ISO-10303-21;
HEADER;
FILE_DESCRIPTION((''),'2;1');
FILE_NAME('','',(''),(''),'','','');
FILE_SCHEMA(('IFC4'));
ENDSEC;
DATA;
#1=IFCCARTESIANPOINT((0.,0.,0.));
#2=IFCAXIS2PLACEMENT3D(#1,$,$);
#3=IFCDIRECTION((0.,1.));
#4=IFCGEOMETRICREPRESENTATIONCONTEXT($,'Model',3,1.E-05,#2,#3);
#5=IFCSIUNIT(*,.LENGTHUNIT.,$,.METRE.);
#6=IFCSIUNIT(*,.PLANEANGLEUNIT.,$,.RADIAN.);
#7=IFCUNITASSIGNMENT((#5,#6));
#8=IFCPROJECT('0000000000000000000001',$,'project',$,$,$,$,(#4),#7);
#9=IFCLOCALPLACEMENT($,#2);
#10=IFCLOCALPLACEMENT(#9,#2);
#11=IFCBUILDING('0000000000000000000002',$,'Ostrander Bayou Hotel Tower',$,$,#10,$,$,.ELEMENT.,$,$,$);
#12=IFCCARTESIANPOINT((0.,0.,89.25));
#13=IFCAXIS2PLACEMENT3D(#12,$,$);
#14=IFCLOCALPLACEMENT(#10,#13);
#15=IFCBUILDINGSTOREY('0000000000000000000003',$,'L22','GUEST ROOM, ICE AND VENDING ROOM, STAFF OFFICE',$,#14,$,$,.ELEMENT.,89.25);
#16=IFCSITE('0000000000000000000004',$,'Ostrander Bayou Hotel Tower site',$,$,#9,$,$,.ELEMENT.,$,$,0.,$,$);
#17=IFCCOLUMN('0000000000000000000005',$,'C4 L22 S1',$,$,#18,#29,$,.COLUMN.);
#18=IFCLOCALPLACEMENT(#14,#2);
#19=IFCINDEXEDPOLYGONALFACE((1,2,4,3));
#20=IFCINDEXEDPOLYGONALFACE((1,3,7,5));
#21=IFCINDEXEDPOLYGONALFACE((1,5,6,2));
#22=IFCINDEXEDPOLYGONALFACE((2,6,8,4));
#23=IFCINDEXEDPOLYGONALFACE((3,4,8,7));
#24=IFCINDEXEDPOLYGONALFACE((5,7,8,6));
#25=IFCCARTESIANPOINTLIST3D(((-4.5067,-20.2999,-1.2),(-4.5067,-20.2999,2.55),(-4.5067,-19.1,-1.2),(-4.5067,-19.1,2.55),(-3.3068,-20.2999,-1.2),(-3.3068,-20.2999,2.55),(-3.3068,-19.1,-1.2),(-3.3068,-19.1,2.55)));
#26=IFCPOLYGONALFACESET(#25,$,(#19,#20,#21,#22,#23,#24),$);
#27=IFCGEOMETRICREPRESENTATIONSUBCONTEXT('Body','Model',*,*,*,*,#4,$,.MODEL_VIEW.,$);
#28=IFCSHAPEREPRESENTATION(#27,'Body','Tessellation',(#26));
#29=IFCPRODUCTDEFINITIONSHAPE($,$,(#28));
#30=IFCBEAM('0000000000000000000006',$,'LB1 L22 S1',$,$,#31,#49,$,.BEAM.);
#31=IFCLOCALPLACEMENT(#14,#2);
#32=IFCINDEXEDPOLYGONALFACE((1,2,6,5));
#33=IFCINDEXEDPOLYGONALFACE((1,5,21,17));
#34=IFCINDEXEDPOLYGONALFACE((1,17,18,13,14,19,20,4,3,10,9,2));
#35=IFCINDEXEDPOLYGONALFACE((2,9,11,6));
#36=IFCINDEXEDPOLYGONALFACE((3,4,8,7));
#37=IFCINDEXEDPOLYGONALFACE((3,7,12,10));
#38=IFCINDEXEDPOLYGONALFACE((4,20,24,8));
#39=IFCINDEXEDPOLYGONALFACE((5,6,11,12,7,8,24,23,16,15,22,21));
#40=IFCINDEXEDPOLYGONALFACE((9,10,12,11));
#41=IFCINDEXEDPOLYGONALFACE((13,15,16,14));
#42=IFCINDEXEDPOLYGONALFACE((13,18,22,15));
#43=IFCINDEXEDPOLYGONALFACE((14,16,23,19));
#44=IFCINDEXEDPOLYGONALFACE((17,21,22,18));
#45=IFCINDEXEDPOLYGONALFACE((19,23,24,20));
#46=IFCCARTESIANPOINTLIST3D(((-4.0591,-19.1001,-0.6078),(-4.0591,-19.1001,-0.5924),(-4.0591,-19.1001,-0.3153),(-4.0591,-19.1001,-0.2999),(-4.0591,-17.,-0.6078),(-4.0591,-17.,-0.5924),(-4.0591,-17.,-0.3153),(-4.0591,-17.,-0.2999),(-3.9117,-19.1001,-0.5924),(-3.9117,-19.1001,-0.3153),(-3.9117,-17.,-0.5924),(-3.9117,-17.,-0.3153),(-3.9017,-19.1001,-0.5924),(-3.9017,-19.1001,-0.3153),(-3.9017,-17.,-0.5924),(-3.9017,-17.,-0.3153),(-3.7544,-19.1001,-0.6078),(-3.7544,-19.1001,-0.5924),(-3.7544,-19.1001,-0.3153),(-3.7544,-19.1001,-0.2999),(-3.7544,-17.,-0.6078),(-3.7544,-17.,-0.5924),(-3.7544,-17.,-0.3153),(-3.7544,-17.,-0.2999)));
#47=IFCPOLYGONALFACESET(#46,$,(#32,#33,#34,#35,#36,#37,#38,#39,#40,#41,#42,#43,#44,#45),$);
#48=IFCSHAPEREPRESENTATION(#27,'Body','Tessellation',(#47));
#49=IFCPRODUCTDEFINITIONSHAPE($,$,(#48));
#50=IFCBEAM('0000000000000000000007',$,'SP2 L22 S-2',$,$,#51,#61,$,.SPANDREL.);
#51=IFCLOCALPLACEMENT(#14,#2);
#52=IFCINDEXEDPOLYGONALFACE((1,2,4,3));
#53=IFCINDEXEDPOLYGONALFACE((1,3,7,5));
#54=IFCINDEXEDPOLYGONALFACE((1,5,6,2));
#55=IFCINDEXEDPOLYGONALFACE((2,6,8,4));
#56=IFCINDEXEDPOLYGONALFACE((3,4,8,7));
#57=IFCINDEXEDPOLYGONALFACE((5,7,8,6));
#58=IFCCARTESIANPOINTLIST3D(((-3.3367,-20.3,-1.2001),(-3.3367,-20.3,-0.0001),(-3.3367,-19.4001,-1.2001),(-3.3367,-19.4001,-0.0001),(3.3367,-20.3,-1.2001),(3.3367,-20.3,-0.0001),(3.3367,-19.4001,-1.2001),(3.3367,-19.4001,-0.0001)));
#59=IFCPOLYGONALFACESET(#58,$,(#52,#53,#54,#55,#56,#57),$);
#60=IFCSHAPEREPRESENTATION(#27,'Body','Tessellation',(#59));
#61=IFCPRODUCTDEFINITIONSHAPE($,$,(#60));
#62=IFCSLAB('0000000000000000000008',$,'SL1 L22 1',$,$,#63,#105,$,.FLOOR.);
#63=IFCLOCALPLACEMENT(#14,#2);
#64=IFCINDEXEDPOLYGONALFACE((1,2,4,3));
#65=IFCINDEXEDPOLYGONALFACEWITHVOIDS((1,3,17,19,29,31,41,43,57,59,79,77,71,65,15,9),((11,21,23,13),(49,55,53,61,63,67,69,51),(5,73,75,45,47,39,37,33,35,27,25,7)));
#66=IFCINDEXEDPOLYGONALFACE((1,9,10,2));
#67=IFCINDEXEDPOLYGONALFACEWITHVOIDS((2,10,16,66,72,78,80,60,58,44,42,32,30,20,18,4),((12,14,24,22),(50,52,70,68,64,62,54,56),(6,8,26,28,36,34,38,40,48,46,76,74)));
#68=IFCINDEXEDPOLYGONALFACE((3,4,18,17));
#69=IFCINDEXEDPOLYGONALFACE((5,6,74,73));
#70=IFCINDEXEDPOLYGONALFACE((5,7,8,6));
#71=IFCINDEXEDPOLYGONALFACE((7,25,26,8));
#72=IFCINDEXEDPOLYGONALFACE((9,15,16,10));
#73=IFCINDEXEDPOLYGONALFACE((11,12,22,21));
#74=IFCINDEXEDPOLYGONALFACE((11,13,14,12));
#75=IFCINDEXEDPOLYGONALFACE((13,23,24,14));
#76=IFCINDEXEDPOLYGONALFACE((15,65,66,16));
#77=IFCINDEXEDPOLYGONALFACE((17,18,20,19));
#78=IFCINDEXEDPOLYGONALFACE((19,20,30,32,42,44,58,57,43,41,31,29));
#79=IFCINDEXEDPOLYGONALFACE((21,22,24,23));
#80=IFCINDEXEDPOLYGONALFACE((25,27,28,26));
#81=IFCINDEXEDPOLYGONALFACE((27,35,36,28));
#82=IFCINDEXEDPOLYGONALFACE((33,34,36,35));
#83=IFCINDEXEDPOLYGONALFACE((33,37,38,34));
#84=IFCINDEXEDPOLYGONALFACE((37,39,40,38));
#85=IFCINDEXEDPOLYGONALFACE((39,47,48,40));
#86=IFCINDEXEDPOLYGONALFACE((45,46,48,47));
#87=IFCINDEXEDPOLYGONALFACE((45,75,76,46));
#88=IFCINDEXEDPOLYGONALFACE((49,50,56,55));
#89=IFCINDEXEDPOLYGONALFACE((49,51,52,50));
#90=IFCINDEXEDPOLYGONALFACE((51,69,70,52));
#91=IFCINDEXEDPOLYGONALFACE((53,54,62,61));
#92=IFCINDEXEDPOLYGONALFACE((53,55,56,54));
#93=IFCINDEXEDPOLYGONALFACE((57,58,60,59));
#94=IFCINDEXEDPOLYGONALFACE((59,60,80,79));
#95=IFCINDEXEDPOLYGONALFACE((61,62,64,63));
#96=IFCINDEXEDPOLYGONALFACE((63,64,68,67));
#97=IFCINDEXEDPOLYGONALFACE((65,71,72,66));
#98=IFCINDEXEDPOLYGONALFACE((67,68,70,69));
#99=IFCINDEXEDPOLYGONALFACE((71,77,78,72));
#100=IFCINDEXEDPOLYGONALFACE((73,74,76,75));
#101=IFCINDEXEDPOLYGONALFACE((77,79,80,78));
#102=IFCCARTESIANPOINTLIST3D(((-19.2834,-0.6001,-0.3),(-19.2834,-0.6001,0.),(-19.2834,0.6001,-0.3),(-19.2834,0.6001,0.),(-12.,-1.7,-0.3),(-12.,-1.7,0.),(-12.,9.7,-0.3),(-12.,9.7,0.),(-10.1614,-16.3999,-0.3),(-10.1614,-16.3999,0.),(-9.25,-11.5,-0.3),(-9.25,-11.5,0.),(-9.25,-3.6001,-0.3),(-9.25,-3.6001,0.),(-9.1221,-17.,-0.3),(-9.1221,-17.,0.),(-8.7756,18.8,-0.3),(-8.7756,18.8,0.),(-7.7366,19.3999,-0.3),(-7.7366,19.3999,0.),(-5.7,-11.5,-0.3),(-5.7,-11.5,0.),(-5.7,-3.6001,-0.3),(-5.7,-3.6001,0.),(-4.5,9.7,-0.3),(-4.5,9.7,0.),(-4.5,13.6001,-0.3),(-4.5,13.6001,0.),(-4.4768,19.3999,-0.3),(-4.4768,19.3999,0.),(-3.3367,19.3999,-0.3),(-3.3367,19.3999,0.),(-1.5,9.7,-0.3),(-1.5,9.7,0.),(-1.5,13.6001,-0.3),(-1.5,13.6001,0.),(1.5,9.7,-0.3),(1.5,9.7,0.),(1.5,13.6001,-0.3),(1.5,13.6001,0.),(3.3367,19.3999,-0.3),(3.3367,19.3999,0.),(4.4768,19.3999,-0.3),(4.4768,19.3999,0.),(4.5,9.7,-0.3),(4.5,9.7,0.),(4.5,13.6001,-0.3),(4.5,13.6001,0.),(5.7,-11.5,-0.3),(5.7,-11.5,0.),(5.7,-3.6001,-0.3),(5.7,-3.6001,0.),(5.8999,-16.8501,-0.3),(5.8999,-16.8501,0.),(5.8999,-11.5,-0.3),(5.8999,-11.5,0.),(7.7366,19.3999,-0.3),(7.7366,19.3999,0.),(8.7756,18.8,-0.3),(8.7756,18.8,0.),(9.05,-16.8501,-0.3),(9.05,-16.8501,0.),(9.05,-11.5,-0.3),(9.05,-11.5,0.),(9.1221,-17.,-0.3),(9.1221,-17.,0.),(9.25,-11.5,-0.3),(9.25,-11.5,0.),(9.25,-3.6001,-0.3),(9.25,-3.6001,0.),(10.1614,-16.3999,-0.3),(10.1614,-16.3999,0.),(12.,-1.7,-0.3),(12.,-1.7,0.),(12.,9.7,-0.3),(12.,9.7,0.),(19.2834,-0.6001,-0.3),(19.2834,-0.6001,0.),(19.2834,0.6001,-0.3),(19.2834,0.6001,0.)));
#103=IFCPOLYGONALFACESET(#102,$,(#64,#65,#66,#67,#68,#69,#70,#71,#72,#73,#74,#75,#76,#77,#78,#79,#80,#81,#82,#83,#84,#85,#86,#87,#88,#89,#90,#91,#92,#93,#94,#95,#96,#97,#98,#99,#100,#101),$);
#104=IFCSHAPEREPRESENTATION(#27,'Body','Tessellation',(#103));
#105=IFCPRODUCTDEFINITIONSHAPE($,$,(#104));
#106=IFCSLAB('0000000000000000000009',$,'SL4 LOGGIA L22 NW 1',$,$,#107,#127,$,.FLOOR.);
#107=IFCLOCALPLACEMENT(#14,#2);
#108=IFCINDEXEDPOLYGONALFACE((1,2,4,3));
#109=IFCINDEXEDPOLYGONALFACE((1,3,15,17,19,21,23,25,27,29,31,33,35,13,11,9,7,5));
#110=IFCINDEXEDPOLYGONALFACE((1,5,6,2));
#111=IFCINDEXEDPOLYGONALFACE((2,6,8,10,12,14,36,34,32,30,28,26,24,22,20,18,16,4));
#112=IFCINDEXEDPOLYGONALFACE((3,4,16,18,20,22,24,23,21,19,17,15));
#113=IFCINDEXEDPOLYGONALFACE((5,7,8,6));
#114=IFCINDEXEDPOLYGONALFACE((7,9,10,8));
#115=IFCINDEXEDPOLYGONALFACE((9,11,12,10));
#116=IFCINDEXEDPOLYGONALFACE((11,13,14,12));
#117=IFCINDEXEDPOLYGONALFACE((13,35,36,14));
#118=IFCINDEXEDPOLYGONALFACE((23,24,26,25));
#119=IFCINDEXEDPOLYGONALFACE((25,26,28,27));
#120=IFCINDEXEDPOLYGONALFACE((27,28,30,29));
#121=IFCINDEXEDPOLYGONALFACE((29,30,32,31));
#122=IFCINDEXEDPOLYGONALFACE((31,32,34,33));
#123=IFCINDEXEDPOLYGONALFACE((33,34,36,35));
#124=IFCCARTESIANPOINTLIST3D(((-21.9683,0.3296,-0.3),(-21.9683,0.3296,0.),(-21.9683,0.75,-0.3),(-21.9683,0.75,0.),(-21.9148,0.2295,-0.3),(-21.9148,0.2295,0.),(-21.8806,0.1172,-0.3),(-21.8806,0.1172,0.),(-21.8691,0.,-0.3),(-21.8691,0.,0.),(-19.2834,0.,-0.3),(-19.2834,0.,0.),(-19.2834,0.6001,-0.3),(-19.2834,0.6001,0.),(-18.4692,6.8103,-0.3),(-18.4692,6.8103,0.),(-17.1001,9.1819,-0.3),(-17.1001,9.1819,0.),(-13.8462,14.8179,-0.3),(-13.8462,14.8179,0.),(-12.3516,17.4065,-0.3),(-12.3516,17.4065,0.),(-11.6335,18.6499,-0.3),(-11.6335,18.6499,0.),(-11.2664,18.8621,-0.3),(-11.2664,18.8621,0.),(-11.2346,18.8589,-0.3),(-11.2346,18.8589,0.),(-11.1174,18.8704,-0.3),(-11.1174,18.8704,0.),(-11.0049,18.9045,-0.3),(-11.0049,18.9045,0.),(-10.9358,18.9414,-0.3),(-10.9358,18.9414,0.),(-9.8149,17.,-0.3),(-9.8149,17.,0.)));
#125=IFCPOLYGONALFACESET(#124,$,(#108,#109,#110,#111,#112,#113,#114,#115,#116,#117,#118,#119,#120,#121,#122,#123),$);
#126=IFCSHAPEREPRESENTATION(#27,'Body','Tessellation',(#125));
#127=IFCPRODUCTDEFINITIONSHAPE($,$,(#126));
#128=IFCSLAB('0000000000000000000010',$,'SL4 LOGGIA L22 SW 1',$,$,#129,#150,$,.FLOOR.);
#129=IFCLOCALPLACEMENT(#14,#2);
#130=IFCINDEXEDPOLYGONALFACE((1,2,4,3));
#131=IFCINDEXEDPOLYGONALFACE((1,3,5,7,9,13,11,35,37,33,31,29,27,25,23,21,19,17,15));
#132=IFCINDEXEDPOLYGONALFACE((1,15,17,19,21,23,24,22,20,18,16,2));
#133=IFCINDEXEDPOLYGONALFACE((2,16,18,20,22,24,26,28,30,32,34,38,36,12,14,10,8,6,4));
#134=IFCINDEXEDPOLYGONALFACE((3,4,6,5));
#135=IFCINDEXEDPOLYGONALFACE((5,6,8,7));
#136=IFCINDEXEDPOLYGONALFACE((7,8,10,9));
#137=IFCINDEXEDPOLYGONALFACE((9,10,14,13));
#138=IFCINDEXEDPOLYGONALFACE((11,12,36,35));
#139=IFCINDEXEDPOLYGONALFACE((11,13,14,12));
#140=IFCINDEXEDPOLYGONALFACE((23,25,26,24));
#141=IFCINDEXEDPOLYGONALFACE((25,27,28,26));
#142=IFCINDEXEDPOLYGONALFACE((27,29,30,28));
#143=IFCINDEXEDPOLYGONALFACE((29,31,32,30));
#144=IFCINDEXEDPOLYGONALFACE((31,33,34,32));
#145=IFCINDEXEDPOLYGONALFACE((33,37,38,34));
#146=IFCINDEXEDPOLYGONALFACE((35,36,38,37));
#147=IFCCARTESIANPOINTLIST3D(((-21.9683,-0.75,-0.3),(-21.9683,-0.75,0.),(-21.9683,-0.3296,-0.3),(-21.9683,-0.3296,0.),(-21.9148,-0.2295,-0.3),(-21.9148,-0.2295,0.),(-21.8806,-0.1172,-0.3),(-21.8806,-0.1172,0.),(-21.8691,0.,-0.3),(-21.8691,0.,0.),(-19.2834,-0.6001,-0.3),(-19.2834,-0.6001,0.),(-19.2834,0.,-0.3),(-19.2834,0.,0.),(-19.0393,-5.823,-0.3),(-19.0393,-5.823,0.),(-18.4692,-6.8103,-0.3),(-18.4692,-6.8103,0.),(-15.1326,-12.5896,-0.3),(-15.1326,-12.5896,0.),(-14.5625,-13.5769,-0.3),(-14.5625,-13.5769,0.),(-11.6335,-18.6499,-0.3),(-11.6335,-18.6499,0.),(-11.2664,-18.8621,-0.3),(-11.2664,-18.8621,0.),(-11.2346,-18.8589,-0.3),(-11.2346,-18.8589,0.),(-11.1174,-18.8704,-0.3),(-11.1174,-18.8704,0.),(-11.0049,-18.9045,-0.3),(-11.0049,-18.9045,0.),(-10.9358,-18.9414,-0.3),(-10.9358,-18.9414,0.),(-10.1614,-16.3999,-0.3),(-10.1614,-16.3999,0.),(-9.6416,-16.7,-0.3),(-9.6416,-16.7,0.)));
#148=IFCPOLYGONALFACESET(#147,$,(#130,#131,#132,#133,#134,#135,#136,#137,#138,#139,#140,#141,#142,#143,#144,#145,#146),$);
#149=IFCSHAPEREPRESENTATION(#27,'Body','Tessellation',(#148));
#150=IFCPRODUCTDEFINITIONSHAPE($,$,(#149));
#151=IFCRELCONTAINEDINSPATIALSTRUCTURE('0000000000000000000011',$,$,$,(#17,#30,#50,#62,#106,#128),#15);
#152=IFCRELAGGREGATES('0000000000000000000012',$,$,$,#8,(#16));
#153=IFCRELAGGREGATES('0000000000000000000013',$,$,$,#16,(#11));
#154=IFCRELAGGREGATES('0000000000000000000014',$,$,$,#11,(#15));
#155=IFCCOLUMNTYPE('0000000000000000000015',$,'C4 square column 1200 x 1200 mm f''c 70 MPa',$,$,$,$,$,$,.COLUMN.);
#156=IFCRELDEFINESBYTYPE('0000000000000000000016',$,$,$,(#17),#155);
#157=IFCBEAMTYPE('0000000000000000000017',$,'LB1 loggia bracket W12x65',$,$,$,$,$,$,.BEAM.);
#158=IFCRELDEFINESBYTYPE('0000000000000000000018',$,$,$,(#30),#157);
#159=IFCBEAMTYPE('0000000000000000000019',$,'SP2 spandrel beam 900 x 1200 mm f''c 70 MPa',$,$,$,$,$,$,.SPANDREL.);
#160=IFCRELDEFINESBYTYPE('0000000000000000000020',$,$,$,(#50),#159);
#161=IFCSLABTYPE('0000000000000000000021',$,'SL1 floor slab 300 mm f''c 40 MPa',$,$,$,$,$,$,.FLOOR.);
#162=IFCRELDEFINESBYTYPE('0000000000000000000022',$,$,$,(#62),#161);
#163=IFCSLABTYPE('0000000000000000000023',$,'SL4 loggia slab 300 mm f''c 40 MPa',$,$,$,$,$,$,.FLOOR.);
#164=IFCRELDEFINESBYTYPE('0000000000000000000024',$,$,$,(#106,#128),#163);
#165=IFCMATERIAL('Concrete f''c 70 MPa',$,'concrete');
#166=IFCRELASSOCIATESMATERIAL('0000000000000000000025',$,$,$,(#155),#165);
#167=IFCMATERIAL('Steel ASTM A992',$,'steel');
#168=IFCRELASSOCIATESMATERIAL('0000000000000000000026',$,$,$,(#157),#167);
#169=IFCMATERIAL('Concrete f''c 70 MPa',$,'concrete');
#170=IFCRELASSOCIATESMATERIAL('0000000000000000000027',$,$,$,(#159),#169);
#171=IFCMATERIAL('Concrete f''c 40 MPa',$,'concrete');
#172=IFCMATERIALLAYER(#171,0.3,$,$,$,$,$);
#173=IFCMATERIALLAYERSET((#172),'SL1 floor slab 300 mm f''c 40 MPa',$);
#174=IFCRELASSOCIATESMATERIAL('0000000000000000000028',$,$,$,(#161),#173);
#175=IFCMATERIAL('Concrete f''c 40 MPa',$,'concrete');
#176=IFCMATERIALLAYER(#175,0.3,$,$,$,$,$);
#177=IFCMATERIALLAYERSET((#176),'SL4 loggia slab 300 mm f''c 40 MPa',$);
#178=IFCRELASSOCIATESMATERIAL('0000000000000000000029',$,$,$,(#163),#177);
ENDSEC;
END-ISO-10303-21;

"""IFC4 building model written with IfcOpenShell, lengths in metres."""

from ifc_helpers import new_model, si_unit, direction, frame, origin, origin_2d, place, context, subcontext, project, spatial, polyline, rectangle, i_section, outline, extrude, material, layer, layer_set, material_profile, profile_set, type_object, element, save


model = new_model("IFC4")

# Units and contexts
model_context = context("Model", 3, precision=1e-05, world=origin(), true_north=direction((0.0, 1.0)))
body_context = subcontext(model_context, "Body", "Model", "MODEL_VIEW")
ifc_project = project(units=[si_unit("LENGTHUNIT", "METRE"), si_unit("PLANEANGLEUNIT", "RADIAN")], contexts=[model_context])

# Site, building, storey
site_placement = place(None, origin())
site = spatial("IfcSite", under=ifc_project, at=site_placement, Name="Ostrander Bayou Hotel Tower site", CompositionType="ELEMENT", RefElevation=0.0)
building_placement = place(site_placement, origin())
building = spatial("IfcBuilding", under=site, at=building_placement, Name="Ostrander Bayou Hotel Tower", CompositionType="ELEMENT")
storey_placement = place(building_placement, frame((0.0, 0.0, 89.25)))
storey = spatial("IfcBuildingStorey", under=building, at=storey_placement, Name="L22", Description="GUEST ROOM, ICE AND VENDING ROOM, STAFF OFFICE", CompositionType="ELEMENT", Elevation=89.25)

# Column
ifc_material_1 = material(Name="Concrete f'c 70 MPa", Category="concrete")
ifc_material_profile_1 = material_profile(ifc_material_1, rectangle(XDim=1.2, YDim=1.2, at=origin_2d()))
ifc_profile_set_1 = profile_set([ifc_material_profile_1], Name="Concrete f'c 70 MPa")
column_type = type_object("IfcColumnType", Name="C4 square column 1200 x 1200 mm f'c 70 MPa", PredefinedType="COLUMN", material=ifc_profile_set_1)
column_placement = place(storey_placement, frame((-3.9067, -19.7, -1.2), z_axis=(0.0, 0.0, 1.0), x_axis=(-1.0, 0.0, 0.0)))
element("IfcColumn", 1, at=column_placement, inside=storey, type_object=column_type, Name="C4 L22 S1", PredefinedType="COLUMN", context=body_context, shape_type="SweptSolid", body=[
    extrude(rectangle(XDim=1.2, YDim=1.2, at=origin_2d()), origin(), (0.0, 0.0, 1.0), 3.75),
])

# Beams
ifc_material_2 = material(Name="Steel ASTM A992", Category="steel")
ifc_material_profile_2 = material_profile(ifc_material_2, i_section(OverallWidth=0.3047, OverallDepth=0.3079, WebThickness=0.01, FlangeThickness=0.0154, at=origin_2d()))
ifc_profile_set_2 = profile_set([ifc_material_profile_2], Name="Steel ASTM A992")
beam_type_1 = type_object("IfcBeamType", Name="LB1 loggia bracket W12x65", PredefinedType="BEAM", material=ifc_profile_set_2)
beam_1_placement = place(storey_placement, frame((-3.9067, -19.1001, -0.4539), z_axis=(0.0, 1.0, 0.0), x_axis=(-1.0, 0.0, 0.0)))
element("IfcBeam", 2, at=beam_1_placement, inside=storey, type_object=beam_type_1, Name="LB1 L22 S1", PredefinedType="BEAM", context=body_context, shape_type="SweptSolid", body=[
    extrude(i_section(OverallWidth=0.3047, OverallDepth=0.3079, WebThickness=0.01, FlangeThickness=0.0154, at=origin_2d()), origin(), (0.0, 0.0, 1.0), 2.1001),
])
ifc_material_3 = material(Name="Concrete f'c 70 MPa", Category="concrete")
ifc_material_profile_3 = material_profile(ifc_material_3, rectangle(XDim=0.8999, YDim=1.2, at=origin_2d()))
ifc_profile_set_3 = profile_set([ifc_material_profile_3], Name="Concrete f'c 70 MPa")
beam_type_2 = type_object("IfcBeamType", Name="SP2 spandrel beam 900 x 1200 mm f'c 70 MPa", PredefinedType="SPANDREL", material=ifc_profile_set_3)
beam_2_placement = place(storey_placement, frame((-3.3367, -19.8501, -0.6001), z_axis=(1.0, 0.0, 0.0), x_axis=(0.0, 1.0, 0.0)))
element("IfcBeam", 3, at=beam_2_placement, inside=storey, type_object=beam_type_2, Name="SP2 L22 S-2", PredefinedType="SPANDREL", context=body_context, shape_type="SweptSolid", body=[
    extrude(rectangle(XDim=0.8999, YDim=1.2, at=origin_2d()), origin(), (0.0, 0.0, 1.0), 6.6733),
])

# Slabs
ifc_material_4 = material(Name="Concrete f'c 40 MPa", Category="concrete")
ifc_layer_1 = layer(ifc_material_4, 0.3)
ifc_layer_set_1 = layer_set([ifc_layer_1], Name="SL1 floor slab 300 mm f'c 40 MPa")
slab_type_1 = type_object("IfcSlabType", Name="SL1 floor slab 300 mm f'c 40 MPa", PredefinedType="FLOOR", material=ifc_layer_set_1)
slab_1_placement = place(storey_placement, frame((0.0, 0.0, -0.3)))
element("IfcSlab", 4, at=slab_1_placement, inside=storey, type_object=slab_type_1, Name="SL1 L22 1", PredefinedType="FLOOR", context=body_context, shape_type="SweptSolid", body=[
    extrude(outline(polyline([(-3.3367, 19.3999), (3.3367, 19.3999), (4.4768, 19.3999), (7.7366, 19.3999), (8.7756, 18.8), (19.2834, 0.6001), (19.2834, -0.6001), (10.1614, -16.3999), (9.1221, -17.0), (-9.1221, -17.0), (-10.1614, -16.3999), (-19.2834, -0.6001), (-19.2834, 0.6001), (-8.7756, 18.8), (-7.7366, 19.3999), (-4.4768, 19.3999), (-3.3367, 19.3999)]), holes=[polyline([(-12.0, -1.7), (12.0, -1.7), (12.0, 9.7), (4.5, 9.7), (4.5, 13.6001), (1.5, 13.6001), (1.5, 9.7), (-1.5, 9.7), (-1.5, 13.6001), (-4.5, 13.6001), (-4.5, 9.7), (-12.0, 9.7), (-12.0, -1.7)]), polyline([(9.05, -11.5), (9.25, -11.5), (9.25, -3.6001), (5.7, -3.6001), (5.7, -11.5), (5.8999, -11.5), (5.8999, -16.8501), (9.05, -16.8501), (9.05, -11.5)]), polyline([(-5.7, -3.6001), (-9.25, -3.6001), (-9.25, -11.5), (-5.7, -11.5), (-5.7, -3.6001)])]), origin(), (0.0, 0.0, 1.0), 0.3),
])
ifc_material_5 = material(Name="Concrete f'c 40 MPa", Category="concrete")
ifc_layer_2 = layer(ifc_material_5, 0.3)
ifc_layer_set_2 = layer_set([ifc_layer_2], Name="SL4 loggia slab 300 mm f'c 40 MPa")
slab_type_2 = type_object("IfcSlabType", Name="SL4 loggia slab 300 mm f'c 40 MPa", PredefinedType="FLOOR", material=ifc_layer_set_2)
slab_2_placement = place(storey_placement, frame((0.0, 0.0, -0.3)))
element("IfcSlab", 5, at=slab_2_placement, inside=storey, type_object=slab_type_2, Name="SL4 LOGGIA L22 NW 1", PredefinedType="FLOOR", context=body_context, shape_type="SweptSolid", body=[
    extrude(outline(polyline([(-21.8691, 0.0), (-21.8806, 0.1172), (-21.9148, 0.2295), (-21.9683, 0.3296), (-21.9683, 0.75), (-18.4692, 6.8103), (-17.1001, 9.1819), (-13.8462, 14.8179), (-12.3516, 17.4065), (-11.6335, 18.6499), (-11.2664, 18.8621), (-11.2346, 18.8589), (-11.1174, 18.8704), (-11.0049, 18.9045), (-10.9358, 18.9414), (-9.8149, 17.0), (-19.2834, 0.6001), (-19.2834, 0.0), (-21.8691, 0.0)])), origin(), (0.0, 0.0, 1.0), 0.3),
])
slab_3_placement = place(storey_placement, frame((0.0, 0.0, -0.3)))
element("IfcSlab", 6, at=slab_3_placement, inside=storey, type_object=slab_type_2, Name="SL4 LOGGIA L22 SW 1", PredefinedType="FLOOR", context=body_context, shape_type="SweptSolid", body=[
    extrude(outline(polyline([(-9.6416, -16.7), (-10.9358, -18.9414), (-11.0049, -18.9045), (-11.1174, -18.8704), (-11.2346, -18.8589), (-11.2664, -18.8621), (-11.6335, -18.6499), (-14.5625, -13.5769), (-15.1326, -12.5896), (-18.4692, -6.8103), (-19.0393, -5.823), (-21.9683, -0.75), (-21.9683, -0.3296), (-21.9148, -0.2295), (-21.8806, -0.1172), (-21.8691, 0.0), (-19.2834, 0.0), (-19.2834, -0.6001), (-10.1614, -16.3999), (-9.6416, -16.7)])), origin(), (0.0, 0.0, 1.0), 0.3),
])

save(model, "model.ifc")
